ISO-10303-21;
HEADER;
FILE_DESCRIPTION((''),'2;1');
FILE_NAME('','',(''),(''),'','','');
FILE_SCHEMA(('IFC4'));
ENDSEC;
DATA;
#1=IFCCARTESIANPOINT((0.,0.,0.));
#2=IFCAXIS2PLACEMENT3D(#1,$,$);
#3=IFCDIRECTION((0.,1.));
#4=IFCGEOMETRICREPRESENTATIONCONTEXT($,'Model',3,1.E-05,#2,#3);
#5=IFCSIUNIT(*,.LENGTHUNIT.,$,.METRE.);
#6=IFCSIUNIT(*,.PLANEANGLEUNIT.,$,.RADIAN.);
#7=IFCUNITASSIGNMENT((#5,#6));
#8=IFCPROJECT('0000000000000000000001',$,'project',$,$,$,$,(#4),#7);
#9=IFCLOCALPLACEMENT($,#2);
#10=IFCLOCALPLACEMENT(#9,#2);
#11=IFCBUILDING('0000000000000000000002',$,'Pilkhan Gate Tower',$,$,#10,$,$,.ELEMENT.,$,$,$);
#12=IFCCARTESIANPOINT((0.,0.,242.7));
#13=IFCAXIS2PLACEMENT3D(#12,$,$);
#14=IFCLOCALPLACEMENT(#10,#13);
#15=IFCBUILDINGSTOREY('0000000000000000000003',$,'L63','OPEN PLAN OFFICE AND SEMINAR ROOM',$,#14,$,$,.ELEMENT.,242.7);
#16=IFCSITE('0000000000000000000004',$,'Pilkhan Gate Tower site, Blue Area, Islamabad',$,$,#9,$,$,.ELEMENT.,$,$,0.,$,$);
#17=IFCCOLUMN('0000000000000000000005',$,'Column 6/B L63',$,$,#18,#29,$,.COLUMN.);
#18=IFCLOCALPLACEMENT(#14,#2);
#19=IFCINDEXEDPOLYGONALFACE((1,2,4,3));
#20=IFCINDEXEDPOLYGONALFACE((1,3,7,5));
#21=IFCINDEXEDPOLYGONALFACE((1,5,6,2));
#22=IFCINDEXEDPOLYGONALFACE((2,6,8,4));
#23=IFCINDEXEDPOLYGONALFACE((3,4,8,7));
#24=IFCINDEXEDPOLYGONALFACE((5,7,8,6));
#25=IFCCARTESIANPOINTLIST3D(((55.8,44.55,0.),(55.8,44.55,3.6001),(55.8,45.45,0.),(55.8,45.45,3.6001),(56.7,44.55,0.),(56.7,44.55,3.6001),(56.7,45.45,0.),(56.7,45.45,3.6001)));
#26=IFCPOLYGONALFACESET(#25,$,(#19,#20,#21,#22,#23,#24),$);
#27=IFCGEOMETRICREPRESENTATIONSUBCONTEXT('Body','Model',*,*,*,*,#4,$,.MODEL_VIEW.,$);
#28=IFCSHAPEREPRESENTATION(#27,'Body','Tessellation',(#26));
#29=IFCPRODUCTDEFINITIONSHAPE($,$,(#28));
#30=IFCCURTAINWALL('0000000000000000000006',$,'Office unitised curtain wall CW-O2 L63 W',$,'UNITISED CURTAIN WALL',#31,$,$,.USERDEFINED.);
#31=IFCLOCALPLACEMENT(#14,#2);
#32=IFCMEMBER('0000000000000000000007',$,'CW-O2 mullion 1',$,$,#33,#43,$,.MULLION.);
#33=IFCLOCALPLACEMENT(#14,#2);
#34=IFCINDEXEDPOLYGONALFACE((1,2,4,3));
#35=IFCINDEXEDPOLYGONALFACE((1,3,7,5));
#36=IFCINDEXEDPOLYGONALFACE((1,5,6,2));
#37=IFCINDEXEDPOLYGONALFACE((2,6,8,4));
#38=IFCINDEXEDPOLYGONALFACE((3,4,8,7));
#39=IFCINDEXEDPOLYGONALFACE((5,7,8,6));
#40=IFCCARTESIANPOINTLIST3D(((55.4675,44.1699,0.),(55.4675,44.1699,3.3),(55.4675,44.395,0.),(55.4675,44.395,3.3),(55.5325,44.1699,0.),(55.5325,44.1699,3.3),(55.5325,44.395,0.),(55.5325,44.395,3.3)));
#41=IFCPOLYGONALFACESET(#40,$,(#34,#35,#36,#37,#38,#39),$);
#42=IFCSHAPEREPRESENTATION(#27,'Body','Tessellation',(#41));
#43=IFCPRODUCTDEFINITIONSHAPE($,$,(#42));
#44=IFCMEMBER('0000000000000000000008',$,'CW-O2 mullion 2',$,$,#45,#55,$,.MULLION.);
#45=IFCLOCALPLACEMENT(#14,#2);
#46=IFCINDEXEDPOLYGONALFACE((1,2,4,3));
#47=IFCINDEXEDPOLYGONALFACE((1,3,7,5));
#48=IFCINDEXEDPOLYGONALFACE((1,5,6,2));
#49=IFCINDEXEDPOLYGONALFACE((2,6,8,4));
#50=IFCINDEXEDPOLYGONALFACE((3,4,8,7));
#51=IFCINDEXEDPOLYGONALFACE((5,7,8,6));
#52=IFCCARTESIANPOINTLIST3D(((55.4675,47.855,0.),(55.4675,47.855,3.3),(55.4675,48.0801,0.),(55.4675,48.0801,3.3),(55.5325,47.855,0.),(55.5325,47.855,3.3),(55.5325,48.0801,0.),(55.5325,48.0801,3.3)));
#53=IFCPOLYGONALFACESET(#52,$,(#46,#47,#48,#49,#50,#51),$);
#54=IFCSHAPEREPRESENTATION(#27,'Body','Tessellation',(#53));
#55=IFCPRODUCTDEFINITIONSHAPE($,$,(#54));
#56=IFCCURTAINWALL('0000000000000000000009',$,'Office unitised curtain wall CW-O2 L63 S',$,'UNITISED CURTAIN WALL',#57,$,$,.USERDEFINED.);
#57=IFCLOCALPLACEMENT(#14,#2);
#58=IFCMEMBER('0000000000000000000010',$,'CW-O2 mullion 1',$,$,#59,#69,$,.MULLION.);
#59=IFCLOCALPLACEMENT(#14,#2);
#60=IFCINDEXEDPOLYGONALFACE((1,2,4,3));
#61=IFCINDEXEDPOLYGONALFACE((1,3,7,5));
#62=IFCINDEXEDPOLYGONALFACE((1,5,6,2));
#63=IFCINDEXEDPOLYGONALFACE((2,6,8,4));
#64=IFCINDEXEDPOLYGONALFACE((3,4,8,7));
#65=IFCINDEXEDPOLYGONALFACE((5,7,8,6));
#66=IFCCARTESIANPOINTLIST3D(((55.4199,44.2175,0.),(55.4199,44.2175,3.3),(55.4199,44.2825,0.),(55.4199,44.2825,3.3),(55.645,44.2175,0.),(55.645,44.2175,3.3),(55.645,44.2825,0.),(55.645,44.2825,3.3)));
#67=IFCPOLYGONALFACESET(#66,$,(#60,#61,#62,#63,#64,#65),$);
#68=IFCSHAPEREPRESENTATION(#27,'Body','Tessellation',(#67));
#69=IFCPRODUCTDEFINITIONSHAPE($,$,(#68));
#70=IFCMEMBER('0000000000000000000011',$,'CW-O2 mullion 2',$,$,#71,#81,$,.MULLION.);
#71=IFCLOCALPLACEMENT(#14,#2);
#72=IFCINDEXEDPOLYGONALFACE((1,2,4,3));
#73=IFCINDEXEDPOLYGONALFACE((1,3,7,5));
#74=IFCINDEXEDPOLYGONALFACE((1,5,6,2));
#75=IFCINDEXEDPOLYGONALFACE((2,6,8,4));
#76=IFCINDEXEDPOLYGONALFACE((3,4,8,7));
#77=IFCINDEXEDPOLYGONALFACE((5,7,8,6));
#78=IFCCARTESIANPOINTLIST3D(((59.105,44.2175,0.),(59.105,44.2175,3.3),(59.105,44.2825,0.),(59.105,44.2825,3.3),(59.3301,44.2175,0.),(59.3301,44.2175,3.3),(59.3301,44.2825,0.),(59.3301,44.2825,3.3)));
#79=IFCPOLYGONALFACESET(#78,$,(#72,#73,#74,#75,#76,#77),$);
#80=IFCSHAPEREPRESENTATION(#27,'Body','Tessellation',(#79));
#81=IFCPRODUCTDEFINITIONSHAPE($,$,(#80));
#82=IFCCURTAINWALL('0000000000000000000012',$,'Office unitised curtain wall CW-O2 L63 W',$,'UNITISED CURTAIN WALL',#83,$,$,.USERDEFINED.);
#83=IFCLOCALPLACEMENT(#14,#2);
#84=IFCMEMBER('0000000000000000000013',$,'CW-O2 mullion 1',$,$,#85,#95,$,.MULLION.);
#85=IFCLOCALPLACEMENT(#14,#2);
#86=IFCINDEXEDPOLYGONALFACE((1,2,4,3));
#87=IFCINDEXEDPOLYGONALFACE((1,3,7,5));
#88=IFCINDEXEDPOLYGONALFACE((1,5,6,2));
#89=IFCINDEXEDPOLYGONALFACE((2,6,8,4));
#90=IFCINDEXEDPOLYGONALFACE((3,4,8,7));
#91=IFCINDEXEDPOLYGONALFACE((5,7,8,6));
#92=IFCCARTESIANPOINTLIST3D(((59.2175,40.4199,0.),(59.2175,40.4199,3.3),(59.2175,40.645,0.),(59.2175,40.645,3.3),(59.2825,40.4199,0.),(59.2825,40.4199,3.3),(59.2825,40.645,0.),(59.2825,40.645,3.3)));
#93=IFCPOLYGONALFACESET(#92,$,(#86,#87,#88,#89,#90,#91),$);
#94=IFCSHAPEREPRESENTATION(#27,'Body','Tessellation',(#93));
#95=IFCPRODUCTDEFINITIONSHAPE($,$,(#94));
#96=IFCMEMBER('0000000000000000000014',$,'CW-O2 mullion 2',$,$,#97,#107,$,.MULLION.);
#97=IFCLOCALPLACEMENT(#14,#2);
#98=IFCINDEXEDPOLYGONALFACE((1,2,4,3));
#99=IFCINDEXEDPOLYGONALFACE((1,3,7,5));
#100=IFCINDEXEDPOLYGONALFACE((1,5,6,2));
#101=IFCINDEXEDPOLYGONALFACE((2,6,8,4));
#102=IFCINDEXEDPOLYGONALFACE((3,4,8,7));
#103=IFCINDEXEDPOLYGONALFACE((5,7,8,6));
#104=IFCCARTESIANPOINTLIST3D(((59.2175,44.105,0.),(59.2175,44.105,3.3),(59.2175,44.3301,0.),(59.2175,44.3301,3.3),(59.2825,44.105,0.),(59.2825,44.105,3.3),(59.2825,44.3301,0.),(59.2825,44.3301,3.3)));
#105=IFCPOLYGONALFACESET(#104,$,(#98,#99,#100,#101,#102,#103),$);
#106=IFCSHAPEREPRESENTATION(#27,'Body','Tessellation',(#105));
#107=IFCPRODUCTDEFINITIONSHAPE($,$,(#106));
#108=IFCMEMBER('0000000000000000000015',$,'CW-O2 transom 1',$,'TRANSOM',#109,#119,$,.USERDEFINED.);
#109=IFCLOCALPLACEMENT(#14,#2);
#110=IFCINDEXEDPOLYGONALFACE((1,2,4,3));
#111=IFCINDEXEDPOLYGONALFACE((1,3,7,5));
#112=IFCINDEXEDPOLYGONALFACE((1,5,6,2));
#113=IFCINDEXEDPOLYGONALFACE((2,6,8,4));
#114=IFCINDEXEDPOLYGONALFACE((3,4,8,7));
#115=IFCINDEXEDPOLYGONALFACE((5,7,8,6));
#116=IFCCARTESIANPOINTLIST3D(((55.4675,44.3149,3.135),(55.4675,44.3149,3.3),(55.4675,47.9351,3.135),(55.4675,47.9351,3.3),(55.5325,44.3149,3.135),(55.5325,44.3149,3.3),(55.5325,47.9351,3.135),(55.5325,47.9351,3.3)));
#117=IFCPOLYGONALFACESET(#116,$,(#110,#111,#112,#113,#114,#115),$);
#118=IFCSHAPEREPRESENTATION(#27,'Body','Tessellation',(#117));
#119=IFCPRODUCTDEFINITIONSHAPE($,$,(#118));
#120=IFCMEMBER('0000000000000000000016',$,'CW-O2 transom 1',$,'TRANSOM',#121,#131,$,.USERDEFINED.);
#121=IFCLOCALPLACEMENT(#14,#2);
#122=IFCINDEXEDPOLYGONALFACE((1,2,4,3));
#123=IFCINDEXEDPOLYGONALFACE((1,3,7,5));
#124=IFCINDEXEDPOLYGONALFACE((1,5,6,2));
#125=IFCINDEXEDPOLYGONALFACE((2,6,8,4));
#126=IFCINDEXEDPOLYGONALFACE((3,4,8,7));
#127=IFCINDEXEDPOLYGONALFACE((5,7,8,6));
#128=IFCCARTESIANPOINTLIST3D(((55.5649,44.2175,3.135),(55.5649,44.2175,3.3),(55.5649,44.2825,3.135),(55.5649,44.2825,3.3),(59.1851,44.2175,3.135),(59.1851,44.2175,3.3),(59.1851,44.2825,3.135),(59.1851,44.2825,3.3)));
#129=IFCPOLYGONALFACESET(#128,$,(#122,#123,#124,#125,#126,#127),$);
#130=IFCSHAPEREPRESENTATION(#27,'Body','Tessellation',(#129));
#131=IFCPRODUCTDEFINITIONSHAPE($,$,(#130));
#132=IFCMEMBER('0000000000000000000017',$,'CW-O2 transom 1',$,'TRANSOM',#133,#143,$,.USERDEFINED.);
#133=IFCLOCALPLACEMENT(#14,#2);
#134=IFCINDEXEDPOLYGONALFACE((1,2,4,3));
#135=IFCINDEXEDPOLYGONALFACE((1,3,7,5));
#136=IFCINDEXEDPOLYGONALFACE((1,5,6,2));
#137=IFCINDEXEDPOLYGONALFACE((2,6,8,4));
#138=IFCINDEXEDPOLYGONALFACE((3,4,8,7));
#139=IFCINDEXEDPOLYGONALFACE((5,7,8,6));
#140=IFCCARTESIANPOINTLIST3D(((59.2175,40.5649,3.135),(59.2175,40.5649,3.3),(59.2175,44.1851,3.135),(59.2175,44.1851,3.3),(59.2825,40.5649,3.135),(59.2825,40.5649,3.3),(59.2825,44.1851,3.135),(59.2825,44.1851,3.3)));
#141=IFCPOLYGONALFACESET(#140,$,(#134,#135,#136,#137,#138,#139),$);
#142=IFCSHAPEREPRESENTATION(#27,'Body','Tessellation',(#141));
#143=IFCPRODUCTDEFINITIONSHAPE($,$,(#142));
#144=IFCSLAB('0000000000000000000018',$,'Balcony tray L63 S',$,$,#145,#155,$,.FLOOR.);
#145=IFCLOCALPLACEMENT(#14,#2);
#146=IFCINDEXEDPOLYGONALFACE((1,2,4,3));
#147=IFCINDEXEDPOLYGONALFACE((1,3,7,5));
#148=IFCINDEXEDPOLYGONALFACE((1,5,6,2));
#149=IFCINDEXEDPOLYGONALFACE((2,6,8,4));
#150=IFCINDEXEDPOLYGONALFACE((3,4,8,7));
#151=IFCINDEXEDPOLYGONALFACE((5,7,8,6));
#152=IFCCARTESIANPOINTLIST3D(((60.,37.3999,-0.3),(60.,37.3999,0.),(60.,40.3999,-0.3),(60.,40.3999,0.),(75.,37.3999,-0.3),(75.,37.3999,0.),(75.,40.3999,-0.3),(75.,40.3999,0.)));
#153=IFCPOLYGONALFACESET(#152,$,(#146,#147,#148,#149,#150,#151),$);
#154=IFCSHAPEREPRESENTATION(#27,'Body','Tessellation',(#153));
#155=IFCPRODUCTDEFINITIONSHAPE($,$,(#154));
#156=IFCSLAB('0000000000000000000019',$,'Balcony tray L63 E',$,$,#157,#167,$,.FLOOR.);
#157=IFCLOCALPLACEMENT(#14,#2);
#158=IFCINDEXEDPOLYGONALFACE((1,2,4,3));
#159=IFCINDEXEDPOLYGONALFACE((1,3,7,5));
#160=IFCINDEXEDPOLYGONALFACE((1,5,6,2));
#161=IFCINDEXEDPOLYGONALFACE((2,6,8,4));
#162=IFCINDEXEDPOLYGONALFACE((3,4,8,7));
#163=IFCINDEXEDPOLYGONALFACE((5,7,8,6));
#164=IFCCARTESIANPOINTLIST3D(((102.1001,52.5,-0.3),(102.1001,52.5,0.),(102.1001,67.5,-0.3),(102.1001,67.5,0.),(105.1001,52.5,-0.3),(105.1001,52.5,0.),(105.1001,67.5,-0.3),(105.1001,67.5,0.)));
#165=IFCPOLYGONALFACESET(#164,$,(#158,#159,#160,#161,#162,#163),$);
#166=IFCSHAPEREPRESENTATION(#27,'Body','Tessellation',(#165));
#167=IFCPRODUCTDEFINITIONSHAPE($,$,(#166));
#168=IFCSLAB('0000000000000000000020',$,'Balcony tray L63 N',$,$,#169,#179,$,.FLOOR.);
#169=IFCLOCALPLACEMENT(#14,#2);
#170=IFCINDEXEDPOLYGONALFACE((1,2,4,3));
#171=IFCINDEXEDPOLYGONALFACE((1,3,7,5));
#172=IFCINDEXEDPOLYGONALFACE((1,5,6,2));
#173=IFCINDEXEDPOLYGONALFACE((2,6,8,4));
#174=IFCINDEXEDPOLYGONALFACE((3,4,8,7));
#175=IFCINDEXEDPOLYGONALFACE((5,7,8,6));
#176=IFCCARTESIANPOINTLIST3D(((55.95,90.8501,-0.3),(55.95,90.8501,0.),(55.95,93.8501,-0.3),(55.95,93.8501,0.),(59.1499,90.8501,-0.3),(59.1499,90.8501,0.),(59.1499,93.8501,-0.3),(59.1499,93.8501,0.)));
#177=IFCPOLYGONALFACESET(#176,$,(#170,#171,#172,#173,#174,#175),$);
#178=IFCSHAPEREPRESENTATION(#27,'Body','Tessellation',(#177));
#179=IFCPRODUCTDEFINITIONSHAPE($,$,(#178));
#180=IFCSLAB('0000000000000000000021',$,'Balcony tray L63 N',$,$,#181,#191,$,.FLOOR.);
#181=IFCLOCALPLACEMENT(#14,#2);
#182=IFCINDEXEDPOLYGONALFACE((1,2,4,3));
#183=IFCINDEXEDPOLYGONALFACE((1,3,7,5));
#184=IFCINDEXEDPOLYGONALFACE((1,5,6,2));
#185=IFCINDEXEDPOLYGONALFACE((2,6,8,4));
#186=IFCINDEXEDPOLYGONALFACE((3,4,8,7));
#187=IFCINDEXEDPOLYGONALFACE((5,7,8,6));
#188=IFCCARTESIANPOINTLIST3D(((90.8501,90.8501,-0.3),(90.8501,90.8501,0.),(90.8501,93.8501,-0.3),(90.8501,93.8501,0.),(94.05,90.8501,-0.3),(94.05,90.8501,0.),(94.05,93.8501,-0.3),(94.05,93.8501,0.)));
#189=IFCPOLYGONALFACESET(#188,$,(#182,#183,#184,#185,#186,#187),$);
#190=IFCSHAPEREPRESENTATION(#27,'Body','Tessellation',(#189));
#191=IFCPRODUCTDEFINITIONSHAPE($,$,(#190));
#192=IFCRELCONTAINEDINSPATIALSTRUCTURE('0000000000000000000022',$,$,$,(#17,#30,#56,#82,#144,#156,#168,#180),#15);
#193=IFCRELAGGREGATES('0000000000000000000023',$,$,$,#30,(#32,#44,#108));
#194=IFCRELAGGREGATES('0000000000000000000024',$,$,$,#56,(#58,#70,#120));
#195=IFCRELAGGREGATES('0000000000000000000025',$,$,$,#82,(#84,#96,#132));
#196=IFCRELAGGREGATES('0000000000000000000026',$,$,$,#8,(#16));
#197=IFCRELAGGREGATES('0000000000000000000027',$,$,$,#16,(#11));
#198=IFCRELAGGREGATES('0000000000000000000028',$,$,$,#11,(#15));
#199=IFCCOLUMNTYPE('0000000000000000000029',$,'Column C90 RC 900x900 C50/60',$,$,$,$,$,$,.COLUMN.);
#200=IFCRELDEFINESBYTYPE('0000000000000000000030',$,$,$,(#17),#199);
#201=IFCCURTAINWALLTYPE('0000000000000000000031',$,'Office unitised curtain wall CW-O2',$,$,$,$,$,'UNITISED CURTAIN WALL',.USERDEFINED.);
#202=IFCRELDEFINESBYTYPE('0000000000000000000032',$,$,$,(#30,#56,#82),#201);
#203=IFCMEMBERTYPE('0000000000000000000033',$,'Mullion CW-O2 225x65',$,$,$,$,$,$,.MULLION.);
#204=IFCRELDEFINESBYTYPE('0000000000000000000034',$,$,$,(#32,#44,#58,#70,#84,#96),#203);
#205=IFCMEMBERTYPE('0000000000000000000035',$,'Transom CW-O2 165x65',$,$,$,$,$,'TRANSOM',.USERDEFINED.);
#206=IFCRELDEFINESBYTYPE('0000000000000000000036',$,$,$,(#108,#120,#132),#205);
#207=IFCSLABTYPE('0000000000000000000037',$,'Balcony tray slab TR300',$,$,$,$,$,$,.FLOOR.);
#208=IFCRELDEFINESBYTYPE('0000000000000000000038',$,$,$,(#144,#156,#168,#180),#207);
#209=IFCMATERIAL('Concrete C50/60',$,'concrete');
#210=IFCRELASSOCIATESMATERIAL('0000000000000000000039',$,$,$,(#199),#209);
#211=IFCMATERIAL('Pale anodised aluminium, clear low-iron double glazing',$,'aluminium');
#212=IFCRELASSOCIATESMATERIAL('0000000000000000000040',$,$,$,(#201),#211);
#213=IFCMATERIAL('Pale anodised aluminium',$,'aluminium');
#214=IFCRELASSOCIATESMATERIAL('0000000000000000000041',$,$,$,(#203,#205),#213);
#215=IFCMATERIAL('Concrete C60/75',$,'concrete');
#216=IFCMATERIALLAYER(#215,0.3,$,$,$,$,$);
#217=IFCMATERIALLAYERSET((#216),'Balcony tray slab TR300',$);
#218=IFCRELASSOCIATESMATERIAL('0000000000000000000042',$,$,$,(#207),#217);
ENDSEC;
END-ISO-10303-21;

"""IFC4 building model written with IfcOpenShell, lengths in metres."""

from ifc_helpers import new_model, si_unit, direction, frame, origin, origin_2d, place, context, subcontext, project, spatial, polyline, rectangle, outline, extrude, material, layer, layer_set, material_profile, profile_set, type_object, element, aggregate, save


model = new_model("IFC4")

# Units and contexts
model_context = context("Model", 3, precision=1e-05, world=origin(), true_north=direction((0.0, 1.0)))
body_context = subcontext(model_context, "Body", "Model", "MODEL_VIEW")
ifc_project = project(units=[si_unit("LENGTHUNIT", "METRE"), si_unit("PLANEANGLEUNIT", "RADIAN")], contexts=[model_context])

# Site, building, storey
site_placement = place(None, origin())
site = spatial("IfcSite", under=ifc_project, at=site_placement, Name="Pilkhan Gate Tower site, Blue Area, Islamabad", CompositionType="ELEMENT", RefElevation=0.0)
building_placement = place(site_placement, origin())
building = spatial("IfcBuilding", under=site, at=building_placement, Name="Pilkhan Gate Tower", CompositionType="ELEMENT")
storey_placement = place(building_placement, frame((0.0, 0.0, 242.7)))
storey = spatial("IfcBuildingStorey", under=building, at=storey_placement, Name="L63", Description="OPEN PLAN OFFICE AND SEMINAR ROOM", CompositionType="ELEMENT", Elevation=242.7)

# Column
ifc_material_1 = material(Name="Concrete C50/60", Category="concrete")
ifc_material_profile_1 = material_profile(ifc_material_1, rectangle(XDim=0.8999, YDim=0.8999, at=origin_2d()), Name="RC 900x900")
ifc_profile_set_1 = profile_set([ifc_material_profile_1], Name="Concrete C50/60")
column_type = type_object("IfcColumnType", Name="Column C90 RC 900x900 C50/60", PredefinedType="COLUMN", material=ifc_profile_set_1)
column_placement = place(storey_placement, frame((56.25, 45.0, 0.0), z_axis=(0.0, 0.0, 1.0), x_axis=(1.0, 0.0, 0.0)))
element("IfcColumn", 1, at=column_placement, inside=storey, type_object=column_type, Name="Column 6/B L63", PredefinedType="COLUMN", context=body_context, shape_type="SweptSolid", body=[
    extrude(rectangle(XDim=0.8999, YDim=0.8999, at=origin_2d()), origin(), (0.0, 0.0, 1.0), 3.6001),
])

# Curtain walls, members
ifc_material_2 = material(Name="Pale anodised aluminium, clear low-iron double glazing", Category="aluminium")
curtain_wall_type = type_object("IfcCurtainWallType", Name="Office unitised curtain wall CW-O2", ElementType="UNITISED CURTAIN WALL", PredefinedType="USERDEFINED", material=ifc_material_2)
curtain_wall_1_placement = place(storey_placement, origin())
curtain_wall_1 = element("IfcCurtainWall", 2, at=curtain_wall_1_placement, inside=storey, type_object=curtain_wall_type, Name="Office unitised curtain wall CW-O2 L63 W", ObjectType="UNITISED CURTAIN WALL", PredefinedType="USERDEFINED")
ifc_material_3 = material(Name="Pale anodised aluminium", Category="aluminium")
ifc_material_profile_2 = material_profile(ifc_material_3, rectangle(XDim=0.0649, YDim=0.2251, at=origin_2d()), Name="Mullion 225x65")
ifc_profile_set_2 = profile_set([ifc_material_profile_2], Name="Pale anodised aluminium")
member_type_1 = type_object("IfcMemberType", Name="Mullion CW-O2 225x65", PredefinedType="MULLION", material=ifc_profile_set_2)
member_1_placement = place(storey_placement, frame((55.5, 44.2825, 0.0), z_axis=(0.0, 0.0, 1.0), x_axis=(-1.0, 0.0, 0.0)))
member_1 = element("IfcMember", 3, at=member_1_placement, type_object=member_type_1, Name="CW-O2 mullion 1", PredefinedType="MULLION", context=body_context, shape_type="SweptSolid", body=[
    extrude(rectangle(XDim=0.0649, YDim=0.2251, at=origin_2d()), origin(), (0.0, 0.0, 1.0), 3.3),
])
member_2_placement = place(storey_placement, frame((55.5, 47.9675, 0.0), z_axis=(0.0, 0.0, 1.0), x_axis=(-1.0, 0.0, 0.0)))
member_2 = element("IfcMember", 4, at=member_2_placement, type_object=member_type_1, Name="CW-O2 mullion 2", PredefinedType="MULLION", context=body_context, shape_type="SweptSolid", body=[
    extrude(rectangle(XDim=0.0649, YDim=0.2251, at=origin_2d()), origin(), (0.0, 0.0, 1.0), 3.3),
])
curtain_wall_2_placement = place(storey_placement, origin())
curtain_wall_2 = element("IfcCurtainWall", 5, at=curtain_wall_2_placement, inside=storey, type_object=curtain_wall_type, Name="Office unitised curtain wall CW-O2 L63 S", ObjectType="UNITISED CURTAIN WALL", PredefinedType="USERDEFINED")
member_3_placement = place(storey_placement, frame((55.5325, 44.25, 0.0), z_axis=(0.0, 0.0, 1.0), x_axis=(0.0, 1.0, 0.0)))
member_3 = element("IfcMember", 6, at=member_3_placement, type_object=member_type_1, Name="CW-O2 mullion 1", PredefinedType="MULLION", context=body_context, shape_type="SweptSolid", body=[
    extrude(rectangle(XDim=0.0649, YDim=0.2251, at=origin_2d()), origin(), (0.0, 0.0, 1.0), 3.3),
])
member_4_placement = place(storey_placement, frame((59.2175, 44.25, 0.0), z_axis=(0.0, 0.0, 1.0), x_axis=(0.0, 1.0, 0.0)))
member_4 = element("IfcMember", 7, at=member_4_placement, type_object=member_type_1, Name="CW-O2 mullion 2", PredefinedType="MULLION", context=body_context, shape_type="SweptSolid", body=[
    extrude(rectangle(XDim=0.0649, YDim=0.2251, at=origin_2d()), origin(), (0.0, 0.0, 1.0), 3.3),
])
curtain_wall_3_placement = place(storey_placement, origin())
curtain_wall_3 = element("IfcCurtainWall", 8, at=curtain_wall_3_placement, inside=storey, type_object=curtain_wall_type, Name="Office unitised curtain wall CW-O2 L63 W", ObjectType="UNITISED CURTAIN WALL", PredefinedType="USERDEFINED")
member_5_placement = place(storey_placement, frame((59.25, 40.5325, 0.0), z_axis=(0.0, 0.0, 1.0), x_axis=(-1.0, 0.0, 0.0)))
member_5 = element("IfcMember", 9, at=member_5_placement, type_object=member_type_1, Name="CW-O2 mullion 1", PredefinedType="MULLION", context=body_context, shape_type="SweptSolid", body=[
    extrude(rectangle(XDim=0.0649, YDim=0.2251, at=origin_2d()), origin(), (0.0, 0.0, 1.0), 3.3),
])
member_6_placement = place(storey_placement, frame((59.25, 44.2175, 0.0), z_axis=(0.0, 0.0, 1.0), x_axis=(-1.0, 0.0, 0.0)))
member_6 = element("IfcMember", 10, at=member_6_placement, type_object=member_type_1, Name="CW-O2 mullion 2", PredefinedType="MULLION", context=body_context, shape_type="SweptSolid", body=[
    extrude(rectangle(XDim=0.0649, YDim=0.2251, at=origin_2d()), origin(), (0.0, 0.0, 1.0), 3.3),
])

# Members
ifc_material_profile_3 = material_profile(ifc_material_3, rectangle(XDim=0.0649, YDim=0.165, at=origin_2d()), Name="Transom 165x65")
ifc_profile_set_3 = profile_set([ifc_material_profile_3], Name="Pale anodised aluminium")
member_type_2 = type_object("IfcMemberType", Name="Transom CW-O2 165x65", ElementType="TRANSOM", PredefinedType="USERDEFINED", material=ifc_profile_set_3)
member_7_placement = place(storey_placement, frame((55.5, 44.3149, 3.2175), z_axis=(0.0, 1.0, 0.0), x_axis=(-1.0, 0.0, 0.0)))
member_7 = element("IfcMember", 11, at=member_7_placement, type_object=member_type_2, Name="CW-O2 transom 1", ObjectType="TRANSOM", PredefinedType="USERDEFINED", context=body_context, shape_type="SweptSolid", body=[
    extrude(rectangle(XDim=0.0649, YDim=0.165, at=origin_2d()), origin(), (0.0, 0.0, 1.0), 3.6201),
])
member_8_placement = place(storey_placement, frame((55.5649, 44.25, 3.2175), z_axis=(1.0, 0.0, 0.0), x_axis=(0.0, 1.0, 0.0)))
member_8 = element("IfcMember", 12, at=member_8_placement, type_object=member_type_2, Name="CW-O2 transom 1", ObjectType="TRANSOM", PredefinedType="USERDEFINED", context=body_context, shape_type="SweptSolid", body=[
    extrude(rectangle(XDim=0.0649, YDim=0.165, at=origin_2d()), origin(), (0.0, 0.0, 1.0), 3.6201),
])
member_9_placement = place(storey_placement, frame((59.25, 40.5649, 3.2175), z_axis=(0.0, 1.0, 0.0), x_axis=(-1.0, 0.0, 0.0)))
member_9 = element("IfcMember", 13, at=member_9_placement, type_object=member_type_2, Name="CW-O2 transom 1", ObjectType="TRANSOM", PredefinedType="USERDEFINED", context=body_context, shape_type="SweptSolid", body=[
    extrude(rectangle(XDim=0.0649, YDim=0.165, at=origin_2d()), origin(), (0.0, 0.0, 1.0), 3.6201),
])

# Slabs
ifc_material_4 = material(Name="Concrete C60/75", Category="concrete")
ifc_layer_1 = layer(ifc_material_4, 0.3)
ifc_layer_set_1 = layer_set([ifc_layer_1], Name="Balcony tray slab TR300")
slab_type_1 = type_object("IfcSlabType", Name="Balcony tray slab TR300", PredefinedType="FLOOR", material=ifc_layer_set_1)
slab_1_placement = place(storey_placement, frame((0.0, 0.0, -0.3)))
element("IfcSlab", 14, at=slab_1_placement, inside=storey, type_object=slab_type_1, Name="Balcony tray L63 S", PredefinedType="FLOOR", context=body_context, shape_type="SweptSolid", body=[
    extrude(outline(polyline([(75.0, 37.3999), (75.0, 40.3999), (60.0, 40.3999), (60.0, 37.3999), (75.0, 37.3999)])), origin(), (0.0, 0.0, 1.0), 0.3),
])
slab_2_placement = place(storey_placement, frame((0.0, 0.0, -0.3)))
element("IfcSlab", 15, at=slab_2_placement, inside=storey, type_object=slab_type_1, Name="Balcony tray L63 E", PredefinedType="FLOOR", context=body_context, shape_type="SweptSolid", body=[
    extrude(outline(polyline([(105.1001, 52.5), (105.1001, 67.5), (102.1001, 67.5), (102.1001, 52.5), (105.1001, 52.5)])), origin(), (0.0, 0.0, 1.0), 0.3),
])
slab_3_placement = place(storey_placement, frame((0.0, 0.0, -0.3)))
element("IfcSlab", 16, at=slab_3_placement, inside=storey, type_object=slab_type_1, Name="Balcony tray L63 N", PredefinedType="FLOOR", context=body_context, shape_type="SweptSolid", body=[
    extrude(outline(polyline([(59.1499, 90.8501), (59.1499, 93.8501), (55.95, 93.8501), (55.95, 90.8501), (59.1499, 90.8501)])), origin(), (0.0, 0.0, 1.0), 0.3),
])
slab_4_placement = place(storey_placement, frame((0.0, 0.0, -0.3)))
element("IfcSlab", 17, at=slab_4_placement, inside=storey, type_object=slab_type_1, Name="Balcony tray L63 N", PredefinedType="FLOOR", context=body_context, shape_type="SweptSolid", body=[
    extrude(outline(polyline([(94.05, 90.8501), (94.05, 93.8501), (90.8501, 93.8501), (90.8501, 90.8501), (94.05, 90.8501)])), origin(), (0.0, 0.0, 1.0), 0.3),
])

aggregate(curtain_wall_1, [member_1, member_2, member_7])
aggregate(curtain_wall_2, [member_3, member_4, member_8])
aggregate(curtain_wall_3, [member_5, member_6, member_9])

save(model, "model.ifc")
